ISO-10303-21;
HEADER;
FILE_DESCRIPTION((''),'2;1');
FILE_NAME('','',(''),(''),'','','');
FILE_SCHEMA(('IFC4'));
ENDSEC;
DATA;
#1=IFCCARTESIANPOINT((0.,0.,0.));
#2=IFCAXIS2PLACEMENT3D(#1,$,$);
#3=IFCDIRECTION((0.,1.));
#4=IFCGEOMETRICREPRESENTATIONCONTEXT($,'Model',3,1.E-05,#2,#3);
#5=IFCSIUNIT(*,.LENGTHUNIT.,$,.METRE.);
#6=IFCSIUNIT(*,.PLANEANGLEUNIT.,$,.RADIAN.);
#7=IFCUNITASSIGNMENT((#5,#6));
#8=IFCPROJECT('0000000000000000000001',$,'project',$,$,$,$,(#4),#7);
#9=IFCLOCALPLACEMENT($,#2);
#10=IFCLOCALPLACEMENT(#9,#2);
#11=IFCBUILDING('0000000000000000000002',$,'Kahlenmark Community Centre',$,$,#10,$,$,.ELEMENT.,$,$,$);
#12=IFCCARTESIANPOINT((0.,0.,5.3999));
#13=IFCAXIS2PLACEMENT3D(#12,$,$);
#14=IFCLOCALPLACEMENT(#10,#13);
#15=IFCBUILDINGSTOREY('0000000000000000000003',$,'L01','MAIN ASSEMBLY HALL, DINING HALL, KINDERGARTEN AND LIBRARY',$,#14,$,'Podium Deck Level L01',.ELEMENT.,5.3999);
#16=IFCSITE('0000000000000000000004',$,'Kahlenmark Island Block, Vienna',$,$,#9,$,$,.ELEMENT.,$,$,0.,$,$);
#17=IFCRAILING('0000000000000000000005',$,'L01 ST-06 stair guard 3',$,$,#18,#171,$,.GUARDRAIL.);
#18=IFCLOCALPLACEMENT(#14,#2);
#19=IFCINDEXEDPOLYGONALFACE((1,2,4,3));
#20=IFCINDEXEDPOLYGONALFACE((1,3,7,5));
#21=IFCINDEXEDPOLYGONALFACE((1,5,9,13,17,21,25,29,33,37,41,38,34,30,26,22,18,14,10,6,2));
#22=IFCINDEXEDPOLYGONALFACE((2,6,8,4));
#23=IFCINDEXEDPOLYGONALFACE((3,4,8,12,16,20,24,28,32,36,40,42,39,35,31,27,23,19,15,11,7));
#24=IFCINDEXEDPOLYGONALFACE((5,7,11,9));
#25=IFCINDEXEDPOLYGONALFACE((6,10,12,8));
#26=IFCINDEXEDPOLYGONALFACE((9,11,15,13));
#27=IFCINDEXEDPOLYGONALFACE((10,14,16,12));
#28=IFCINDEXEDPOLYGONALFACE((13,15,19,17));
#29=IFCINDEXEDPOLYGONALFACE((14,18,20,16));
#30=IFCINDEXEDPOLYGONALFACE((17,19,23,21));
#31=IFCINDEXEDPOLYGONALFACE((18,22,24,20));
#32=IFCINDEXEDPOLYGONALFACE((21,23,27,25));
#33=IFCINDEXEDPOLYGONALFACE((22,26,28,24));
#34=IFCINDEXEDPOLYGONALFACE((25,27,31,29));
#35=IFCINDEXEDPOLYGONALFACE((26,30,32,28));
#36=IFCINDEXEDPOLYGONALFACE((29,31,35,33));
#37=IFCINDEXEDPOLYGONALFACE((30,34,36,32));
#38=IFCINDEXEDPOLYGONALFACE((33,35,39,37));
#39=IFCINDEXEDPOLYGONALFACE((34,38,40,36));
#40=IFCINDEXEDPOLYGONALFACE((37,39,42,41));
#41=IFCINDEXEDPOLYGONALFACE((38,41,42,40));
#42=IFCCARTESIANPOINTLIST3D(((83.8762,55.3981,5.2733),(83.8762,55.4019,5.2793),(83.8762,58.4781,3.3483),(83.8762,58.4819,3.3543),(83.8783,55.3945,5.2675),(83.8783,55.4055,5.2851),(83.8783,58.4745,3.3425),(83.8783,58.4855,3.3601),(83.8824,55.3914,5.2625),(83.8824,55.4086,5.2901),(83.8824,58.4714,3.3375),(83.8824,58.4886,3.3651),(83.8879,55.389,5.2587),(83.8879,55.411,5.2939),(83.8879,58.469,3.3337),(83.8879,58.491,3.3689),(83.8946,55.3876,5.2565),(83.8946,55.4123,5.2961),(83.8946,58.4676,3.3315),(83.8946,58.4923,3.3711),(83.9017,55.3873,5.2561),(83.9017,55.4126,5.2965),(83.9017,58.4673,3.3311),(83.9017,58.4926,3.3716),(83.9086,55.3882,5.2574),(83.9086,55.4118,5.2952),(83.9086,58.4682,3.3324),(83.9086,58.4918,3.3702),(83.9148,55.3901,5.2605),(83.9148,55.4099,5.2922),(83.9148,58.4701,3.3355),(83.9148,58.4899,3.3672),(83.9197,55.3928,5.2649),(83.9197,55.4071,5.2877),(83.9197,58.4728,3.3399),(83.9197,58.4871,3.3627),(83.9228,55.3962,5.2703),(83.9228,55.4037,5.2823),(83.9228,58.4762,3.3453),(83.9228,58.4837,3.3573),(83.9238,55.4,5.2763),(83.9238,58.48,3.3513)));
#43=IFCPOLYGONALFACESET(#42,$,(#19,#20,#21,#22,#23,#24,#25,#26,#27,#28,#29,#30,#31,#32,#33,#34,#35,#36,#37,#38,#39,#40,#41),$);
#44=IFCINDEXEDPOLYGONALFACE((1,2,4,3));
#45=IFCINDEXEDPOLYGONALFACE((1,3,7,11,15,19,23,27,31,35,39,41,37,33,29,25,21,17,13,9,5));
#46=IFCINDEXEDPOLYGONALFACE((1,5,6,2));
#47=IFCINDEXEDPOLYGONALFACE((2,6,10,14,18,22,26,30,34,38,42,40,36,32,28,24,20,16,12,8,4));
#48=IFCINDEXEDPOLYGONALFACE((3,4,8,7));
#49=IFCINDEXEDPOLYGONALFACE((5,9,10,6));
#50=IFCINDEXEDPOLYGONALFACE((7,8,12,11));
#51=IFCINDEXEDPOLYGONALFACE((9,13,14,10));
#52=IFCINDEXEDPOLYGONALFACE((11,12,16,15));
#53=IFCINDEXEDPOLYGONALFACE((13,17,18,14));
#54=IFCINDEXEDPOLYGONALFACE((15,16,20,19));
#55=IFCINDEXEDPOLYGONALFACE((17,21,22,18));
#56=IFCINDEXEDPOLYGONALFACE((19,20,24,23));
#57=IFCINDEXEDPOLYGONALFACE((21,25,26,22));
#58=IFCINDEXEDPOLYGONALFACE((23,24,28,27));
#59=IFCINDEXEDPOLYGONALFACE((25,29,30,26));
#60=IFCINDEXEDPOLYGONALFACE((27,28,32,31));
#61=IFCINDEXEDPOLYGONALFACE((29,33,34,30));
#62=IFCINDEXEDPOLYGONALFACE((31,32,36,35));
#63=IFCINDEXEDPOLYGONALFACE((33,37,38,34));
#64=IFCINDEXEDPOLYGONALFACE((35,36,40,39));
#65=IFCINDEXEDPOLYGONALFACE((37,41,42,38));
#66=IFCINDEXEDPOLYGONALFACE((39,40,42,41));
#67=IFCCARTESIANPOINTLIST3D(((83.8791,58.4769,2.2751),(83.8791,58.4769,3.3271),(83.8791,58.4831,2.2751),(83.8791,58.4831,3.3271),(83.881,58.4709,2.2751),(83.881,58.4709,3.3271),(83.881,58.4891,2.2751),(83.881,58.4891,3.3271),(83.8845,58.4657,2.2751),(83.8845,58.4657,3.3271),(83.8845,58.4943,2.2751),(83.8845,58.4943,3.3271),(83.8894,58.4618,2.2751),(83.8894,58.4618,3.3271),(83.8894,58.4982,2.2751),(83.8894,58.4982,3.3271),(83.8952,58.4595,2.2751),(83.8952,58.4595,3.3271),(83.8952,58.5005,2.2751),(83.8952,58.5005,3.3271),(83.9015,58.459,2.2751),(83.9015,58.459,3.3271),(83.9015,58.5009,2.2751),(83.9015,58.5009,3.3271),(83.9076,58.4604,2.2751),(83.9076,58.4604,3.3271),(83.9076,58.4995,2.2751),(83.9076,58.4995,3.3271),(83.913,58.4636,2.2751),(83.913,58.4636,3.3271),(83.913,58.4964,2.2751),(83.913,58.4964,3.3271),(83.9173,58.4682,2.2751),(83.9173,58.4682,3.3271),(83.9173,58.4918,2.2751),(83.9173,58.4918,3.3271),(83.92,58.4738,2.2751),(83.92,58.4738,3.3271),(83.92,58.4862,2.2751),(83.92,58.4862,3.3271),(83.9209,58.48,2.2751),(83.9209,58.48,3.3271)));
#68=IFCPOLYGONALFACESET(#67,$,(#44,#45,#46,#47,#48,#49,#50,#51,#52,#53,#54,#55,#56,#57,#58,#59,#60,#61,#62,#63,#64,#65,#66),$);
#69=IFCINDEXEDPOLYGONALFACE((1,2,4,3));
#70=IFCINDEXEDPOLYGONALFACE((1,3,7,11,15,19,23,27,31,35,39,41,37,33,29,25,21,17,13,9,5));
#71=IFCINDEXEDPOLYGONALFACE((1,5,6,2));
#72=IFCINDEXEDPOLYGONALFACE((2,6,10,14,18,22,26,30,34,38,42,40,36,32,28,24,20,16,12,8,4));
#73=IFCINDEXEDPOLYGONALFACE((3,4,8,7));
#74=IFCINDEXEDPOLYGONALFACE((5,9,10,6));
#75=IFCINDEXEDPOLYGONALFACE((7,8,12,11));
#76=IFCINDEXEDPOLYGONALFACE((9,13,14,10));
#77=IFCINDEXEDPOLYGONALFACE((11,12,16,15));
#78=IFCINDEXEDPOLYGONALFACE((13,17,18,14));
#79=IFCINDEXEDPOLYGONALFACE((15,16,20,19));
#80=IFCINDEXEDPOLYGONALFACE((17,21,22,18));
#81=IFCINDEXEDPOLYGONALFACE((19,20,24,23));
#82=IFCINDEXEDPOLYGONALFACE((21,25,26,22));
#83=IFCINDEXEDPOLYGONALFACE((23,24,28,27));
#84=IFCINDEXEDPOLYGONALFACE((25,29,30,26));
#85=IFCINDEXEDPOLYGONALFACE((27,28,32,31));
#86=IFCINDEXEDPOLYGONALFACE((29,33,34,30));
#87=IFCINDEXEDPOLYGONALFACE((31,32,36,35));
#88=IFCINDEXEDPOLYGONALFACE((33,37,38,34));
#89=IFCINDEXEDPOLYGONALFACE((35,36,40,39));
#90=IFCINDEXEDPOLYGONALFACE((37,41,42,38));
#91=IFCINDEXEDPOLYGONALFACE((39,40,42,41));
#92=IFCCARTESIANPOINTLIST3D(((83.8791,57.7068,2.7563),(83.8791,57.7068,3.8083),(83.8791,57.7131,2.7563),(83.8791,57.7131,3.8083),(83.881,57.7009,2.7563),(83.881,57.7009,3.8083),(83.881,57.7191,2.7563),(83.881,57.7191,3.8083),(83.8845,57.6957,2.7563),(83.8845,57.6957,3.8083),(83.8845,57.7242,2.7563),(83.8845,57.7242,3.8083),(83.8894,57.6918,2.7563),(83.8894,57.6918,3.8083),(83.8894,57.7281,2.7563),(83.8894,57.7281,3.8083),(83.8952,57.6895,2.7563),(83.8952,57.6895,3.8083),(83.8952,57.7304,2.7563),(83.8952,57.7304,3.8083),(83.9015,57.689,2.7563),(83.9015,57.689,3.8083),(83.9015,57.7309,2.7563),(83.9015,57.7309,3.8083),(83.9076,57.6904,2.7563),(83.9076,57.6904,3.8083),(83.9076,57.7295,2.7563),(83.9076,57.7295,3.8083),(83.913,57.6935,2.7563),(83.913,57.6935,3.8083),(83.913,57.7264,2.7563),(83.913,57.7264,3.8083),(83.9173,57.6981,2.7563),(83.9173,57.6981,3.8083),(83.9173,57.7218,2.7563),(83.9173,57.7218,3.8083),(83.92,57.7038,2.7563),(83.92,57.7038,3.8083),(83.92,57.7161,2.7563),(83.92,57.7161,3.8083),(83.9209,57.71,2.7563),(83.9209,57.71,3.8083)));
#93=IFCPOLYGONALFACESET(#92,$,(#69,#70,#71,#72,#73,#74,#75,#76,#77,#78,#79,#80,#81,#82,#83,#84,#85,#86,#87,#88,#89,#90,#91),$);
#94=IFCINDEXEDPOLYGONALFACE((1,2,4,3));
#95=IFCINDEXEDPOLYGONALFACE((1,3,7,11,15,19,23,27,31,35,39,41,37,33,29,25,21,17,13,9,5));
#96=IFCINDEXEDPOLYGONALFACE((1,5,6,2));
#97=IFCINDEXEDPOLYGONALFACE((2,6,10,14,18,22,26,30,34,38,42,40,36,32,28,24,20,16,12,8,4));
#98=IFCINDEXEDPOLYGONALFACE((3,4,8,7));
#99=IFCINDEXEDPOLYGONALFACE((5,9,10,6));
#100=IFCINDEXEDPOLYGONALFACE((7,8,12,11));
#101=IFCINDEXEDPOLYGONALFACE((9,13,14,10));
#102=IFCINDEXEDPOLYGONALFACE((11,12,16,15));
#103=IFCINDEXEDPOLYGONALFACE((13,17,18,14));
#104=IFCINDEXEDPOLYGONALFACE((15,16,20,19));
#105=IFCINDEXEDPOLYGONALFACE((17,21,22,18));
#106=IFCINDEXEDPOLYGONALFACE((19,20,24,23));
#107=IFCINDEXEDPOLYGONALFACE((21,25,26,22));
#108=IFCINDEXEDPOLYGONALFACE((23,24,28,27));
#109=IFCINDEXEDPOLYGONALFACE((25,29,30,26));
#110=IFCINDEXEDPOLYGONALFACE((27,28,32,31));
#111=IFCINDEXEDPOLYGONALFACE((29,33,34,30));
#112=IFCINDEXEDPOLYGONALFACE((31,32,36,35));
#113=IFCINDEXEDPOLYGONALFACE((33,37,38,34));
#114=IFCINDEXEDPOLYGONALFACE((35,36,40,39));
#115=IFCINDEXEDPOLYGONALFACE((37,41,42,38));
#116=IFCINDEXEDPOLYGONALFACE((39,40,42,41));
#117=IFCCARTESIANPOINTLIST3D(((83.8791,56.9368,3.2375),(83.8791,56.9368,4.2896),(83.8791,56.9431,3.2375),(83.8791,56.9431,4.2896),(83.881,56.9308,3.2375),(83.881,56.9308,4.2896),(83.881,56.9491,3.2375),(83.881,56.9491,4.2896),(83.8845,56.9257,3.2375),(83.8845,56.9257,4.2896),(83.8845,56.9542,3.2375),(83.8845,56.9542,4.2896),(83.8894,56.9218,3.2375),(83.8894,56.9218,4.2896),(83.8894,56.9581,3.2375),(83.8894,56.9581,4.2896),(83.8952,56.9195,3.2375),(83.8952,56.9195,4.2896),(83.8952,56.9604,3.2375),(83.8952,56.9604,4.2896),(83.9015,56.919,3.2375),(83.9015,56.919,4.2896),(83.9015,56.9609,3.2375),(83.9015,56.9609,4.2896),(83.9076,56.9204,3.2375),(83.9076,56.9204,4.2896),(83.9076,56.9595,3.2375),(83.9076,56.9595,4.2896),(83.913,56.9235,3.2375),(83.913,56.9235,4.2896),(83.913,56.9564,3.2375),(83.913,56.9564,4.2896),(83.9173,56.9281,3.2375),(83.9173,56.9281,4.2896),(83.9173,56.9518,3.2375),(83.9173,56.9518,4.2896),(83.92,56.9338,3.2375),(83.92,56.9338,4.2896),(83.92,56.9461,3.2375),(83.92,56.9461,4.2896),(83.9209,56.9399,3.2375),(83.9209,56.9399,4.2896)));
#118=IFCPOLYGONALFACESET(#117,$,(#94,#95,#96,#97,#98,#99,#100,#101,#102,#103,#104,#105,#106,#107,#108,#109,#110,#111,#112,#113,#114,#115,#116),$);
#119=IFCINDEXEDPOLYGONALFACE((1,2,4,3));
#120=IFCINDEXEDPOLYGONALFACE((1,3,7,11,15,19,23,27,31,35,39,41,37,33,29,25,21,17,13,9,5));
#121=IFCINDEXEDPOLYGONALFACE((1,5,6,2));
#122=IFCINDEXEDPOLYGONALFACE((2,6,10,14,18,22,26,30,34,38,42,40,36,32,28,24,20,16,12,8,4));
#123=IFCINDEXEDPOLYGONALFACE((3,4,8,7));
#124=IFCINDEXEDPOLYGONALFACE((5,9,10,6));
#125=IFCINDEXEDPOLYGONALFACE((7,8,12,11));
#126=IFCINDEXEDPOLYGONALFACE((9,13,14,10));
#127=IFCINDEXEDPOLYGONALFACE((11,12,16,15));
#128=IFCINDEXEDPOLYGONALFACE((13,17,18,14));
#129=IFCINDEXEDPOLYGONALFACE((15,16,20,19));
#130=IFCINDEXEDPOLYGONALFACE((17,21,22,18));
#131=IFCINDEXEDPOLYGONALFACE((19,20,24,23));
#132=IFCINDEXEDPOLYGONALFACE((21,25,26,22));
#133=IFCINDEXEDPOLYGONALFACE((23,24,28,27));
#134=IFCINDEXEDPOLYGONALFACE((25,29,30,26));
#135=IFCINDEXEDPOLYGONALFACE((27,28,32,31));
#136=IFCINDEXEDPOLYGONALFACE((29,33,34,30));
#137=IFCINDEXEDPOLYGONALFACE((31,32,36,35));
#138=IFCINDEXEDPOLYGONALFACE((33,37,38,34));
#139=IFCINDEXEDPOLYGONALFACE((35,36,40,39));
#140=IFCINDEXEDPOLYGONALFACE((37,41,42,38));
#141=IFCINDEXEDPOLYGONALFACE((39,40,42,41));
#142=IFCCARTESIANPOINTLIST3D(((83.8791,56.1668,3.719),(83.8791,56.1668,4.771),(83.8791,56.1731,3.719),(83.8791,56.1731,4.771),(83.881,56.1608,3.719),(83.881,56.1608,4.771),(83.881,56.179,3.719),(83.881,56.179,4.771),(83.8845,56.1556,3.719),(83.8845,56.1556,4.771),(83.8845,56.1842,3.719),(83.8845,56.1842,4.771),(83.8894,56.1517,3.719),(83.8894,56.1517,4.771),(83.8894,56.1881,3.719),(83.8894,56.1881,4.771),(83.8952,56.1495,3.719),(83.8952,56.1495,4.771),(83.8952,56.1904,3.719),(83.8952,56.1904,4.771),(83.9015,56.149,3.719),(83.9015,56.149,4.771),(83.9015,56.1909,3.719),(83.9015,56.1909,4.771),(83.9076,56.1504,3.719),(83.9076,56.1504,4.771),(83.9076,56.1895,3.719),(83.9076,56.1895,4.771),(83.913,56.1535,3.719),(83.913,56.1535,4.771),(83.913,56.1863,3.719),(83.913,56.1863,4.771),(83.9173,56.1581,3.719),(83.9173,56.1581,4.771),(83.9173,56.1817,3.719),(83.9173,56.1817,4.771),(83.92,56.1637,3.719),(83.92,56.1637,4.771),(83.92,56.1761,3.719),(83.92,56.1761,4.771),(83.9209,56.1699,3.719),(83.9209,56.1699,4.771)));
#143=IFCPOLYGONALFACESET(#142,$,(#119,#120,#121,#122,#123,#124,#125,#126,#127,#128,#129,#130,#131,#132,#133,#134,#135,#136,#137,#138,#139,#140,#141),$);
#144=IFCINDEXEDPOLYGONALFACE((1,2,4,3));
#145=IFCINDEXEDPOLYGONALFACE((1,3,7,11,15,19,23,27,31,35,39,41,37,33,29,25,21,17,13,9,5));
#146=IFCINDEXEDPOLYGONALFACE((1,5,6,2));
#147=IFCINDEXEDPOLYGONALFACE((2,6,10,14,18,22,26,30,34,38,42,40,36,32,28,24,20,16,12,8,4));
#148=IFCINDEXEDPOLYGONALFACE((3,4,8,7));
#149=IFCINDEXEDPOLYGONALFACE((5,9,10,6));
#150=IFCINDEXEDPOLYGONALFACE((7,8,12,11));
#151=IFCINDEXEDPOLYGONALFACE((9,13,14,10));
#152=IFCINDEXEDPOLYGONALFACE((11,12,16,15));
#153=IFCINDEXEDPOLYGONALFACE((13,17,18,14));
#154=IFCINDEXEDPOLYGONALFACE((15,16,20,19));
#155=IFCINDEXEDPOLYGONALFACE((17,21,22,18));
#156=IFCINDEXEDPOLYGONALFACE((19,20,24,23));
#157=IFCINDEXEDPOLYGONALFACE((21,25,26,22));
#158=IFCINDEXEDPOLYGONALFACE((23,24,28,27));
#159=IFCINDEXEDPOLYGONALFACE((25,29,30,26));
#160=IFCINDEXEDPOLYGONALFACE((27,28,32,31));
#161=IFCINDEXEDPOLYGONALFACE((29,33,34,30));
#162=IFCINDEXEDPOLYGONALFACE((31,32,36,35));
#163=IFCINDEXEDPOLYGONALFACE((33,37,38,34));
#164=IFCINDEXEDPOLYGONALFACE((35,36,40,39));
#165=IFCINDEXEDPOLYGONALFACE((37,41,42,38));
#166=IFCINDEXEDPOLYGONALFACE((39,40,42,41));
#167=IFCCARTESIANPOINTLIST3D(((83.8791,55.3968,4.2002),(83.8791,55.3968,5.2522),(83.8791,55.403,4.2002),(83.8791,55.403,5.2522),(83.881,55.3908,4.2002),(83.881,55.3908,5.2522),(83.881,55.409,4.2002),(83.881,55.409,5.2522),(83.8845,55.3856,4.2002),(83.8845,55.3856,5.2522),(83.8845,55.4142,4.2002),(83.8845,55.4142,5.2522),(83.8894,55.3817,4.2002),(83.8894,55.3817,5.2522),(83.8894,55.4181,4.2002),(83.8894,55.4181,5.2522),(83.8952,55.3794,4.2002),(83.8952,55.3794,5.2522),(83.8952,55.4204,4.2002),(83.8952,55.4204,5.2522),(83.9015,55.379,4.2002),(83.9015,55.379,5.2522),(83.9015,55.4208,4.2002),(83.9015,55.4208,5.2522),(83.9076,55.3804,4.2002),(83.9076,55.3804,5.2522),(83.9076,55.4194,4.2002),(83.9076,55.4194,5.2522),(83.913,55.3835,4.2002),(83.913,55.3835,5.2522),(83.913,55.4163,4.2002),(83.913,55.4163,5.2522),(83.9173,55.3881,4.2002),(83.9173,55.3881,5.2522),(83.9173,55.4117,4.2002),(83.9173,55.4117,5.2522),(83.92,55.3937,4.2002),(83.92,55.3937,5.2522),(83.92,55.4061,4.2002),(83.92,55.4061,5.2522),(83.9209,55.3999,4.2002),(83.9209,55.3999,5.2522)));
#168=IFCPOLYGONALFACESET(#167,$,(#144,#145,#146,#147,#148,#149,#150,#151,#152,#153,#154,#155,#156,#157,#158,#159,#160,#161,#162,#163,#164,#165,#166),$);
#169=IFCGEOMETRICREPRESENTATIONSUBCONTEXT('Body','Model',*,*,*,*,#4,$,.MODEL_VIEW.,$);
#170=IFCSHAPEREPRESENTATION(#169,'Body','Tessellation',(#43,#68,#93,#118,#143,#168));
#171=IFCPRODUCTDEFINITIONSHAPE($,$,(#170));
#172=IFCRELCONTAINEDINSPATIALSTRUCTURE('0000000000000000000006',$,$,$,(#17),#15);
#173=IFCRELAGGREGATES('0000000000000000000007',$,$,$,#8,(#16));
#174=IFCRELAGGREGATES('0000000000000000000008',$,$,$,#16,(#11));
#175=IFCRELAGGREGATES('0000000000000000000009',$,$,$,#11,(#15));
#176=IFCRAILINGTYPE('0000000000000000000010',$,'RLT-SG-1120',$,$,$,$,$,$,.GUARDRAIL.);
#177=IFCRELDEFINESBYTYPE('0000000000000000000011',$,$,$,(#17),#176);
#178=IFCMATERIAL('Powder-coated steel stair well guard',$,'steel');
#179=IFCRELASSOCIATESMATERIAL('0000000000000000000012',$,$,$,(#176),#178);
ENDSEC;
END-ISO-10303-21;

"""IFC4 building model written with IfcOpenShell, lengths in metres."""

from ifc_helpers import new_model, si_unit, direction, frame, origin, origin_2d, place, context, subcontext, project, spatial, circle, extrude, material, type_object, element, save


model = new_model("IFC4")

# Units and contexts
model_context = context("Model", 3, precision=1e-05, world=origin(), true_north=direction((0.0, 1.0)))
body_context = subcontext(model_context, "Body", "Model", "MODEL_VIEW")
ifc_project = project(units=[si_unit("LENGTHUNIT", "METRE"), si_unit("PLANEANGLEUNIT", "RADIAN")], contexts=[model_context])

# Site, building, storey
site_placement = place(None, origin())
site = spatial("IfcSite", under=ifc_project, at=site_placement, Name="Kahlenmark Island Block, Vienna", CompositionType="ELEMENT", RefElevation=0.0)
building_placement = place(site_placement, origin())
building = spatial("IfcBuilding", under=site, at=building_placement, Name="Kahlenmark Community Centre", CompositionType="ELEMENT")
storey_placement = place(building_placement, frame((0.0, 0.0, 5.3999)))
storey = spatial("IfcBuildingStorey", under=building, at=storey_placement, Name="L01", Description="MAIN ASSEMBLY HALL, DINING HALL, KINDERGARTEN AND LIBRARY", LongName="Podium Deck Level L01", CompositionType="ELEMENT", Elevation=5.3999)

# Railing
ifc_material_1 = material(Name="Powder-coated steel stair well guard", Category="steel")
railing_type_1 = type_object("IfcRailingType", Name="RLT-SG-1120", PredefinedType="GUARDRAIL", material=ifc_material_1)
railing_1_placement = place(storey_placement, frame((83.8999, 58.48, 2.2751)))
element("IfcRailing", 1, at=railing_1_placement, inside=storey, type_object=railing_type_1, Name="L01 ST-06 stair guard 3", PredefinedType="GUARDRAIL", context=body_context, shape_type="SweptSolid", body=[
    extrude(circle(Radius=0.0239, at=origin_2d()), frame((0.0, 0.0, 1.0762), z_axis=(0.0, -0.847998, 0.529999), x_axis=(1.0, 0.0, 0.0)), (0.0, 0.0, 1.0), 3.6321),
    extrude(circle(Radius=0.021, at=origin_2d()), origin(), (0.0, 0.0, 1.0), 1.052),
    extrude(circle(Radius=0.021, at=origin_2d()), frame((0.0, -0.77, 0.4812)), (0.0, 0.0, 1.0), 1.052),
    extrude(circle(Radius=0.021, at=origin_2d()), frame((0.0, -1.54, 0.9624)), (0.0, 0.0, 1.0), 1.052),
    extrude(circle(Radius=0.021, at=origin_2d()), frame((0.0, -2.3101, 1.4438)), (0.0, 0.0, 1.0), 1.052),
    extrude(circle(Radius=0.021, at=origin_2d()), frame((0.0, -3.0801, 1.925)), (0.0, 0.0, 1.0), 1.052),
])

save(model, "model.ifc")
